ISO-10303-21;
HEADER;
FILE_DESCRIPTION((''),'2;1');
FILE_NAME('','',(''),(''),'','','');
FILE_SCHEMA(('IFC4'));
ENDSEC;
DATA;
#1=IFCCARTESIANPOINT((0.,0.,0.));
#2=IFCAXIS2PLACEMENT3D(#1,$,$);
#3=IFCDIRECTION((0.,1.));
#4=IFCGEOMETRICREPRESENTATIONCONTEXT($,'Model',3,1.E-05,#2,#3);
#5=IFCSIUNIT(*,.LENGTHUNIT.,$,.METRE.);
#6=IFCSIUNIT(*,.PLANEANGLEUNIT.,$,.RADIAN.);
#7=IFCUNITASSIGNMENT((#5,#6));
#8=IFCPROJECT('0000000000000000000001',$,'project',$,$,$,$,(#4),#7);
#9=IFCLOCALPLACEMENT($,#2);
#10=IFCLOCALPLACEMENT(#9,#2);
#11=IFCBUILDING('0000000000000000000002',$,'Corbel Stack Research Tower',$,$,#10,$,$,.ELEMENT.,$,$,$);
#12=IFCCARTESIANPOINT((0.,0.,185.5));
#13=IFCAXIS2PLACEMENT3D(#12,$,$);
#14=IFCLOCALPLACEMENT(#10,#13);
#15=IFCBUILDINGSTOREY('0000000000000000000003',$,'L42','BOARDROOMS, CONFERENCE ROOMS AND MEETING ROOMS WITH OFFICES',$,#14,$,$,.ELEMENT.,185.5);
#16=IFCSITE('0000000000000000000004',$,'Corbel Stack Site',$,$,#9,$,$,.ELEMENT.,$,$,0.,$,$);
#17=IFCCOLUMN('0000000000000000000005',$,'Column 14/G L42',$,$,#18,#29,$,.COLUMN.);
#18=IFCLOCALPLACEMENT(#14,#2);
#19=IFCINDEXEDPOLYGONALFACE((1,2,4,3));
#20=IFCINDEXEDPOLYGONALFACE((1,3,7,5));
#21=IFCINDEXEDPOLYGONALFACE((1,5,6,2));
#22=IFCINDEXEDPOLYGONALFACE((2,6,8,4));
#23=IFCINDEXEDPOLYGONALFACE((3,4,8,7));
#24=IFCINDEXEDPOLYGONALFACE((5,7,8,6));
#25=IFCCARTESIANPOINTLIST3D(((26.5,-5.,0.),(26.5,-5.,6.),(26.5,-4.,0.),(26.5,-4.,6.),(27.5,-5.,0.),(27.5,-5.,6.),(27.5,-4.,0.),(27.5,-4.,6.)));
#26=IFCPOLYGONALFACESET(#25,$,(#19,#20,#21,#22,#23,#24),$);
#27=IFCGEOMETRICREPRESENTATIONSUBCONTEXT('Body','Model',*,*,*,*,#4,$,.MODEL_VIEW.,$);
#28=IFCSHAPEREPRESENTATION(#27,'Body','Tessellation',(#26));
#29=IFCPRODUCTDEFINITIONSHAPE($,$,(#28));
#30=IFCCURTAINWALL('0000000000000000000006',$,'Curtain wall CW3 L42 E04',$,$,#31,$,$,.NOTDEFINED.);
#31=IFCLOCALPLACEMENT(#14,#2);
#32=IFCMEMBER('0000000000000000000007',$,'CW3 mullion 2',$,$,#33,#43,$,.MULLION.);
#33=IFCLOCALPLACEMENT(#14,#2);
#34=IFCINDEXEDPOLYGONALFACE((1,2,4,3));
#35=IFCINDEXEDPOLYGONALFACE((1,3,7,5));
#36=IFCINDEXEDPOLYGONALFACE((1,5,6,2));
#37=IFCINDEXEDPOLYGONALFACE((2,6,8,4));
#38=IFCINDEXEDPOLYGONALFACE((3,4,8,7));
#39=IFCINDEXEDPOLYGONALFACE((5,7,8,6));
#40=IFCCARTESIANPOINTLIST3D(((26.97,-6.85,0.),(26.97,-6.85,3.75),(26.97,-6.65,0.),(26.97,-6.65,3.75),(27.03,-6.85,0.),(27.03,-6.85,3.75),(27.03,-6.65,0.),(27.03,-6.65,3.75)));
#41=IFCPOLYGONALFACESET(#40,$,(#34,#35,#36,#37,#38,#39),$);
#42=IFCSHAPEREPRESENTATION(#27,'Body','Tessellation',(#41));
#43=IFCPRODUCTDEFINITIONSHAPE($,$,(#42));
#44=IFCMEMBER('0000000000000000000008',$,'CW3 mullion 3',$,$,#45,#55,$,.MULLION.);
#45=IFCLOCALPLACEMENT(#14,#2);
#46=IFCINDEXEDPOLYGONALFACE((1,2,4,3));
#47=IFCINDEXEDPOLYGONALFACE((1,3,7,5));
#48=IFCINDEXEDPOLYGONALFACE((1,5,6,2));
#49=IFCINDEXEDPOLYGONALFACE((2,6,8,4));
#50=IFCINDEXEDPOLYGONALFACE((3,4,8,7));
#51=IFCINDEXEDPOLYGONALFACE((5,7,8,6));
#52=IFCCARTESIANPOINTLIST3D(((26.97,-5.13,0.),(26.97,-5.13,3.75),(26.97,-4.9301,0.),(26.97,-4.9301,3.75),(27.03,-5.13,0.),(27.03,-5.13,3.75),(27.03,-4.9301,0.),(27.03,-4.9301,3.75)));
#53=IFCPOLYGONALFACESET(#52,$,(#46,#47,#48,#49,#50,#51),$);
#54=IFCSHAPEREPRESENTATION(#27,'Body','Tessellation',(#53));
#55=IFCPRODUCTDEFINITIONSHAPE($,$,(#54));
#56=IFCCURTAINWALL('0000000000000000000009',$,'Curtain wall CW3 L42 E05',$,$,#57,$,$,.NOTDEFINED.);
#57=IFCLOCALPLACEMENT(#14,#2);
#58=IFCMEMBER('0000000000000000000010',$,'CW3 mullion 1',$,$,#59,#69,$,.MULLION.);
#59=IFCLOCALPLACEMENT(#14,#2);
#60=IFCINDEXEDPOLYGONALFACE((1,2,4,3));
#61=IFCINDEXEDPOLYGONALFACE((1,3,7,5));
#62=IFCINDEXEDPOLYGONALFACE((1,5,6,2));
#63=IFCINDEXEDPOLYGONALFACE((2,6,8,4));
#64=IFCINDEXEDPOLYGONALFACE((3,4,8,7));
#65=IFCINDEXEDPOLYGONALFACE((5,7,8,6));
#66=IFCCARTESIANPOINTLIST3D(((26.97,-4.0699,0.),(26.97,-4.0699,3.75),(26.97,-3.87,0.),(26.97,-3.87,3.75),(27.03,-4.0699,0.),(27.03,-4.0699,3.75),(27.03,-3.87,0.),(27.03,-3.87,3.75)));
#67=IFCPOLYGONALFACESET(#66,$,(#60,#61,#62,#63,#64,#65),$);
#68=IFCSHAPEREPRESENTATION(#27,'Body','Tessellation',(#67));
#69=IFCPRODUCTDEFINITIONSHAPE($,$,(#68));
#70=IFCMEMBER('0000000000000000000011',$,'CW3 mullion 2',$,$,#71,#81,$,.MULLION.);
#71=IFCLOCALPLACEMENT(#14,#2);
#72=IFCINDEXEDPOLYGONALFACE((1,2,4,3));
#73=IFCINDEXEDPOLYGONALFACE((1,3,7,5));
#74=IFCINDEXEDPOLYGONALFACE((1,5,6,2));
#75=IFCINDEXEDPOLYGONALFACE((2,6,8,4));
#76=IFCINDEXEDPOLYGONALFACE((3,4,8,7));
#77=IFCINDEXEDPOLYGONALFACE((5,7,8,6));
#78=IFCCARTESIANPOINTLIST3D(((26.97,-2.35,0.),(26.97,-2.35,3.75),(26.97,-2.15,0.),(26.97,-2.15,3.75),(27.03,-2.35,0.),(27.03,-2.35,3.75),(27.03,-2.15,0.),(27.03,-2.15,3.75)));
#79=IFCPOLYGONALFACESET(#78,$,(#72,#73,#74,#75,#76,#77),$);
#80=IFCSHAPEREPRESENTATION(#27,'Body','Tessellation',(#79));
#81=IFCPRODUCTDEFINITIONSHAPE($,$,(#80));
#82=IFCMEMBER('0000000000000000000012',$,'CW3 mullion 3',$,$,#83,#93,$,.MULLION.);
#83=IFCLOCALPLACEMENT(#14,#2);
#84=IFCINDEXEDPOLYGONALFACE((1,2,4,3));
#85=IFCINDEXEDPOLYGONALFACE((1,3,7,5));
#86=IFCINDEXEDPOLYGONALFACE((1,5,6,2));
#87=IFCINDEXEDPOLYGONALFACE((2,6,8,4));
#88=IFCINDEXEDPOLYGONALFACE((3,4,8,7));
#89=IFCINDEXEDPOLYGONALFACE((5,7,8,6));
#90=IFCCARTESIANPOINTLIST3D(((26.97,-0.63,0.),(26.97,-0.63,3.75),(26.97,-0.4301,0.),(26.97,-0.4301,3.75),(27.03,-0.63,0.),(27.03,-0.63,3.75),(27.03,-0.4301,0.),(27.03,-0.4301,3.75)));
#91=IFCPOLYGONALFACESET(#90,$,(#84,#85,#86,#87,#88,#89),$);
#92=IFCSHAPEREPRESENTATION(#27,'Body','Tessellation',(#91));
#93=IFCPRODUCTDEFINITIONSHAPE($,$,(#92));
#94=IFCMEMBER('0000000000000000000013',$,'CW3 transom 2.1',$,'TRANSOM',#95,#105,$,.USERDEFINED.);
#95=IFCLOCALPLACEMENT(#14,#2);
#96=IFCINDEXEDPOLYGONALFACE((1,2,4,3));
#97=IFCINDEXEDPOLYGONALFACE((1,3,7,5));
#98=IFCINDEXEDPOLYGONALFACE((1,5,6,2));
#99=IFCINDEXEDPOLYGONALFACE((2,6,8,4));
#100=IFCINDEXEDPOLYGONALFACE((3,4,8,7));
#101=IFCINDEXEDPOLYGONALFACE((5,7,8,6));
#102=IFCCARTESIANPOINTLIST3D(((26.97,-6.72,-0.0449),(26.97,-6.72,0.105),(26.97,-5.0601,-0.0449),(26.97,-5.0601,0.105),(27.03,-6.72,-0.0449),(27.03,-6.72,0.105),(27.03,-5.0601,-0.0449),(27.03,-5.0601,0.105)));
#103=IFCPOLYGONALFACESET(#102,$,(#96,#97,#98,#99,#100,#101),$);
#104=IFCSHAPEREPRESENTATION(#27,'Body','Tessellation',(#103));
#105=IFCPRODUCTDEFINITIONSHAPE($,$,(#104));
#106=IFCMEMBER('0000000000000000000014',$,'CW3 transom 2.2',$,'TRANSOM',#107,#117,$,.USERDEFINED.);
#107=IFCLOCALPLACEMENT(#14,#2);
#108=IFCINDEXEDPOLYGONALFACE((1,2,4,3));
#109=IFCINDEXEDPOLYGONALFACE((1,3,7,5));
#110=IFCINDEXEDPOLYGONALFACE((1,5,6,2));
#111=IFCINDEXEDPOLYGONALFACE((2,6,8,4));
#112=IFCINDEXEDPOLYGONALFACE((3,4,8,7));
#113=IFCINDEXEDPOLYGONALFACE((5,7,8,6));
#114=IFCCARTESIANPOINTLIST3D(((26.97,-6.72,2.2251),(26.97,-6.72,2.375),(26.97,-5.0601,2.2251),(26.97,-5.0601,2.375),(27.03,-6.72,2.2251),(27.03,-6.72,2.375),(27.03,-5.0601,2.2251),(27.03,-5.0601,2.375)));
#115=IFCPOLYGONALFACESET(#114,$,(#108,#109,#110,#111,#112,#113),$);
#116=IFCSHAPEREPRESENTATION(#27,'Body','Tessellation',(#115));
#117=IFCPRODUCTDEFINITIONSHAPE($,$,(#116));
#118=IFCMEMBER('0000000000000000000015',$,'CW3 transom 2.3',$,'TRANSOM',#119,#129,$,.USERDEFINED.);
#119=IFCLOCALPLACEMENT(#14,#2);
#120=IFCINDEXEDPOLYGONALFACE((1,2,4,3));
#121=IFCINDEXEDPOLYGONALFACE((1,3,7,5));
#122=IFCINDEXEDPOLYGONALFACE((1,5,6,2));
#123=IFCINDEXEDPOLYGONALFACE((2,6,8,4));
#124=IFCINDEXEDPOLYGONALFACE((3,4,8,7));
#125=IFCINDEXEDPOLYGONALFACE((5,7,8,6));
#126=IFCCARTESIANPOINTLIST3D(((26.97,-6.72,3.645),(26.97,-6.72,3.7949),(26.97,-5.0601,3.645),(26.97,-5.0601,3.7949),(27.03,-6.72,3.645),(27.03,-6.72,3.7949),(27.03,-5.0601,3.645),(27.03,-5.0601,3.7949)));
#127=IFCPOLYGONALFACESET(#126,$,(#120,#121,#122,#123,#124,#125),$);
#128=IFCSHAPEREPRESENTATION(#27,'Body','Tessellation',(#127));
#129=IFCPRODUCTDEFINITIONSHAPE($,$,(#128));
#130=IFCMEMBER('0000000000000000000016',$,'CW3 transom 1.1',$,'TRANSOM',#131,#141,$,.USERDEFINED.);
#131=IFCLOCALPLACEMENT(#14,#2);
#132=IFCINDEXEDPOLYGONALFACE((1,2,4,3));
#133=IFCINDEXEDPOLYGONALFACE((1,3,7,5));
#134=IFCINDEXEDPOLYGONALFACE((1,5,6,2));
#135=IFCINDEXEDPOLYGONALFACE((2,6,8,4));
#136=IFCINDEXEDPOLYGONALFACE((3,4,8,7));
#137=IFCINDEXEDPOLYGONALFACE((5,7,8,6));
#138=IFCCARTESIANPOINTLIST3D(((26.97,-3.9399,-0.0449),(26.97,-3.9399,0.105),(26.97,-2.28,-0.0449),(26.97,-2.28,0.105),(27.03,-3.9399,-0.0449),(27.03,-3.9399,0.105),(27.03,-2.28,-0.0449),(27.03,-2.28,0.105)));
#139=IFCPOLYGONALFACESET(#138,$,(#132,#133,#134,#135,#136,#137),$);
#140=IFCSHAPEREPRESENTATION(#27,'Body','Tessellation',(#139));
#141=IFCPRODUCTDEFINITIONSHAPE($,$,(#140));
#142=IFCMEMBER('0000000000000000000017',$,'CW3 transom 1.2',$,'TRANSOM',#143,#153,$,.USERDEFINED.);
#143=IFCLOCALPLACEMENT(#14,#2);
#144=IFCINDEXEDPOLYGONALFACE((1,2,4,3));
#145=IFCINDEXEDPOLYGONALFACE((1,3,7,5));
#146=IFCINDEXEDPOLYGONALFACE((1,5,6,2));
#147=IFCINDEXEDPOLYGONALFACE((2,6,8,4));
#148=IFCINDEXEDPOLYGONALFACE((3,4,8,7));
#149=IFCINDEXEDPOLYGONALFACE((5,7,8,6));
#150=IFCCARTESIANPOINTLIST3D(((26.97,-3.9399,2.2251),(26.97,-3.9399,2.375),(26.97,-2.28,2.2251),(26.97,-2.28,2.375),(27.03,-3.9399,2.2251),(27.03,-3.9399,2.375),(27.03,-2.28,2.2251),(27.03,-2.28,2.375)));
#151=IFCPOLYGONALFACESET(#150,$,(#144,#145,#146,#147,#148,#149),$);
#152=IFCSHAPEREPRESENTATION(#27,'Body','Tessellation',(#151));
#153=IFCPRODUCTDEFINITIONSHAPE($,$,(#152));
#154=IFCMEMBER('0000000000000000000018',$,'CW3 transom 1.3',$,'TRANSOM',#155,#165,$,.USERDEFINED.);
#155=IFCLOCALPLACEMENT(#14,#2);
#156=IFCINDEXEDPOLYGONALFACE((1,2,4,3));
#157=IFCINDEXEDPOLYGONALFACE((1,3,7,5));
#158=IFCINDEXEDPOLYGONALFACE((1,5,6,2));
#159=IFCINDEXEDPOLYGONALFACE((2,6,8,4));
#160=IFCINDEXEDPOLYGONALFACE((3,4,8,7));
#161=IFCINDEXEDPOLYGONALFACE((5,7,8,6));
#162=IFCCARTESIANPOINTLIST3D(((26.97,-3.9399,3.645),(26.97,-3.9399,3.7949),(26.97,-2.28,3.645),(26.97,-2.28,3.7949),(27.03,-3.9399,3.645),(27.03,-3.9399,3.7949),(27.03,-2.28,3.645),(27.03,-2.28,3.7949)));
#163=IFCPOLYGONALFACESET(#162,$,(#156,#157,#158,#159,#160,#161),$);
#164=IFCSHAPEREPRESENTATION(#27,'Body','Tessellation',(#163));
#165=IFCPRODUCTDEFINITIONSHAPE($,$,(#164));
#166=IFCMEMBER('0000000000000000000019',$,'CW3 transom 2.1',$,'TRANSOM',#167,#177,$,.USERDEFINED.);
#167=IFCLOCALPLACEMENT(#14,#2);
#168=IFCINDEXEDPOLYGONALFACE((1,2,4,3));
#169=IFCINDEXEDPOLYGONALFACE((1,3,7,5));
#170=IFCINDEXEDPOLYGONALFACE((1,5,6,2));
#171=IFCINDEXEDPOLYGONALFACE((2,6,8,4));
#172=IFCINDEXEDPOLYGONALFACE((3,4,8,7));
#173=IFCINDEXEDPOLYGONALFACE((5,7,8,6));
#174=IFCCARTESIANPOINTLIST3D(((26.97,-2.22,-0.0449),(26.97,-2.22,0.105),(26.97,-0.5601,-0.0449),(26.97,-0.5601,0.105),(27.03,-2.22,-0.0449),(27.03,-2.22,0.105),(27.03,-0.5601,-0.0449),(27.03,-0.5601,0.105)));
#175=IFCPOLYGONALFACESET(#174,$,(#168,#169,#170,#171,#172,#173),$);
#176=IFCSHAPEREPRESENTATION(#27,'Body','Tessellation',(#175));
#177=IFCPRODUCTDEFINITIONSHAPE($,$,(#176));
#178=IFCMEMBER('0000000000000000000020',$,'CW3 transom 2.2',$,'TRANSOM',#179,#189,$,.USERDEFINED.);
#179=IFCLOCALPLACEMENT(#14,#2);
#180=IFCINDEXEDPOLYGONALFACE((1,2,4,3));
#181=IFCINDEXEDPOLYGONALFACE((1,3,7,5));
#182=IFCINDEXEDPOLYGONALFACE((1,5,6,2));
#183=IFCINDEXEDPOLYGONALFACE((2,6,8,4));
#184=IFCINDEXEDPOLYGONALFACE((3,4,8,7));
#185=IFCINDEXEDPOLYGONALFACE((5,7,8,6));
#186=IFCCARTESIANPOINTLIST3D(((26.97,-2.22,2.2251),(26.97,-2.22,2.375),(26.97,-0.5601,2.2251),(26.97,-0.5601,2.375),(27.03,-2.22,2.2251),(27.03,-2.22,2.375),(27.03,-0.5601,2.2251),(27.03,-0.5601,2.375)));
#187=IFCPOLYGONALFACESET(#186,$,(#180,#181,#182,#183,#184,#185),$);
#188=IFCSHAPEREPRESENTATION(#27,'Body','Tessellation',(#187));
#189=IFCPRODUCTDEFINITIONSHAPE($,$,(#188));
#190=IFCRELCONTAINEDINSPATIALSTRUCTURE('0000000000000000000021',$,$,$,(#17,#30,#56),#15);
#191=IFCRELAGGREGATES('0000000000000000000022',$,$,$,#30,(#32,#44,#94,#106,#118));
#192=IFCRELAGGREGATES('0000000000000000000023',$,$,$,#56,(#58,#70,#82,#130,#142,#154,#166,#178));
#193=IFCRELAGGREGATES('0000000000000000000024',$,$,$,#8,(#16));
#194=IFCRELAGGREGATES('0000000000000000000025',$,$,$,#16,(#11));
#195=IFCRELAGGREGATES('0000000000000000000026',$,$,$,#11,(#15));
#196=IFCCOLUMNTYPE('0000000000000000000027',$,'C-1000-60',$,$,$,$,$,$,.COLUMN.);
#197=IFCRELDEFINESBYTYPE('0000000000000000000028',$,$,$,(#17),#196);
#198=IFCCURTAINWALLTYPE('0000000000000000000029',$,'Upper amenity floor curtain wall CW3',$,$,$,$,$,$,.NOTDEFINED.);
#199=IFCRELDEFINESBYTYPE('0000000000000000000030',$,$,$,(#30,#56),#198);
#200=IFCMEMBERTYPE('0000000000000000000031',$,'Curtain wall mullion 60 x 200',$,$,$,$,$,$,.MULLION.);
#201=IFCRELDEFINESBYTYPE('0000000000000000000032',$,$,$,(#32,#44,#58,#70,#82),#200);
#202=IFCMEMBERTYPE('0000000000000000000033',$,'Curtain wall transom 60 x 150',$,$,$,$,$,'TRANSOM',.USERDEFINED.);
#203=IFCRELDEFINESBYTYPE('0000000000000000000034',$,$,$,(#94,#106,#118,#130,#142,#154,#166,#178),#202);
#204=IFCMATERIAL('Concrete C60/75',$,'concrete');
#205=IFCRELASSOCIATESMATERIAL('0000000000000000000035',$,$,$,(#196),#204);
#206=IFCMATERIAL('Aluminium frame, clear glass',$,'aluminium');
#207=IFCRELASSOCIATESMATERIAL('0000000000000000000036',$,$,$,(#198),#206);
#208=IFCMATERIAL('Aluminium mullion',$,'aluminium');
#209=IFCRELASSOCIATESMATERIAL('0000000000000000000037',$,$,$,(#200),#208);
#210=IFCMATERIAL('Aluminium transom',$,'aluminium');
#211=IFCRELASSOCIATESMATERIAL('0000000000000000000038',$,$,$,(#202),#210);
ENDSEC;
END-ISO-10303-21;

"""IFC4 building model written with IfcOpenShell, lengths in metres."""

from ifc_helpers import new_model, si_unit, direction, frame, origin, origin_2d, place, context, subcontext, project, spatial, rectangle, extrude, material, material_profile, profile_set, type_object, element, aggregate, save


model = new_model("IFC4")

# Units and contexts
model_context = context("Model", 3, precision=1e-05, world=origin(), true_north=direction((0.0, 1.0)))
body_context = subcontext(model_context, "Body", "Model", "MODEL_VIEW")
ifc_project = project(units=[si_unit("LENGTHUNIT", "METRE"), si_unit("PLANEANGLEUNIT", "RADIAN")], contexts=[model_context])

# Site, building, storey
site_placement = place(None, origin())
site = spatial("IfcSite", under=ifc_project, at=site_placement, Name="Corbel Stack Site", CompositionType="ELEMENT", RefElevation=0.0)
building_placement = place(site_placement, origin())
building = spatial("IfcBuilding", under=site, at=building_placement, Name="Corbel Stack Research Tower", CompositionType="ELEMENT")
storey_placement = place(building_placement, frame((0.0, 0.0, 185.5)))
storey = spatial("IfcBuildingStorey", under=building, at=storey_placement, Name="L42", Description="BOARDROOMS, CONFERENCE ROOMS AND MEETING ROOMS WITH OFFICES", CompositionType="ELEMENT", Elevation=185.5)

# Column
ifc_material_1 = material(Name="Concrete C60/75", Category="concrete")
ifc_material_profile_1 = material_profile(ifc_material_1, rectangle(XDim=1.0, YDim=1.0, at=origin_2d()), Name="RC 1000 x 1000")
ifc_profile_set_1 = profile_set([ifc_material_profile_1], Name="Concrete C60/75")
column_type = type_object("IfcColumnType", Name="C-1000-60", PredefinedType="COLUMN", material=ifc_profile_set_1)
column_placement = place(storey_placement, frame((27.0, -4.5, 0.0), z_axis=(0.0, 0.0, 1.0), x_axis=(1.0, 0.0, 0.0)))
element("IfcColumn", 1, at=column_placement, inside=storey, type_object=column_type, Name="Column 14/G L42", PredefinedType="COLUMN", context=body_context, shape_type="SweptSolid", body=[
    extrude(rectangle(XDim=1.0, YDim=1.0, at=origin_2d()), origin(), (0.0, 0.0, 1.0), 6.0),
])

# Curtain walls, members
ifc_material_2 = material(Name="Aluminium frame, clear glass", Category="aluminium")
curtain_wall_type = type_object("IfcCurtainWallType", Name="Upper amenity floor curtain wall CW3", PredefinedType="NOTDEFINED", material=ifc_material_2)
curtain_wall_1_placement = place(storey_placement, origin())
curtain_wall_1 = element("IfcCurtainWall", 2, at=curtain_wall_1_placement, inside=storey, type_object=curtain_wall_type, Name="Curtain wall CW3 L42 E04", PredefinedType="NOTDEFINED")
ifc_material_3 = material(Name="Aluminium mullion", Category="aluminium")
ifc_material_profile_2 = material_profile(ifc_material_3, rectangle(XDim=0.0601, YDim=0.2, at=origin_2d()), Name="Mullion 60 x 200")
ifc_profile_set_2 = profile_set([ifc_material_profile_2], Name="Aluminium mullion")
member_type_1 = type_object("IfcMemberType", Name="Curtain wall mullion 60 x 200", PredefinedType="MULLION", material=ifc_profile_set_2)
member_1_placement = place(storey_placement, frame((27.0, -6.75, 0.0), z_axis=(0.0, 0.0, 1.0), x_axis=(-1.0, 0.0, 0.0)))
member_1 = element("IfcMember", 3, at=member_1_placement, type_object=member_type_1, Name="CW3 mullion 2", PredefinedType="MULLION", context=body_context, shape_type="SweptSolid", body=[
    extrude(rectangle(XDim=0.0601, YDim=0.2, at=origin_2d()), origin(), (0.0, 0.0, 1.0), 3.75),
])
member_2_placement = place(storey_placement, frame((27.0, -5.03, 0.0), z_axis=(0.0, 0.0, 1.0), x_axis=(-1.0, 0.0, 0.0)))
member_2 = element("IfcMember", 4, at=member_2_placement, type_object=member_type_1, Name="CW3 mullion 3", PredefinedType="MULLION", context=body_context, shape_type="SweptSolid", body=[
    extrude(rectangle(XDim=0.0601, YDim=0.2, at=origin_2d()), origin(), (0.0, 0.0, 1.0), 3.75),
])
curtain_wall_2_placement = place(storey_placement, origin())
curtain_wall_2 = element("IfcCurtainWall", 5, at=curtain_wall_2_placement, inside=storey, type_object=curtain_wall_type, Name="Curtain wall CW3 L42 E05", PredefinedType="NOTDEFINED")
member_3_placement = place(storey_placement, frame((27.0, -3.97, 0.0), z_axis=(0.0, 0.0, 1.0), x_axis=(-1.0, 0.0, 0.0)))
member_3 = element("IfcMember", 6, at=member_3_placement, type_object=member_type_1, Name="CW3 mullion 1", PredefinedType="MULLION", context=body_context, shape_type="SweptSolid", body=[
    extrude(rectangle(XDim=0.0601, YDim=0.2, at=origin_2d()), origin(), (0.0, 0.0, 1.0), 3.75),
])
member_4_placement = place(storey_placement, frame((27.0, -2.25, 0.0), z_axis=(0.0, 0.0, 1.0), x_axis=(-1.0, 0.0, 0.0)))
member_4 = element("IfcMember", 7, at=member_4_placement, type_object=member_type_1, Name="CW3 mullion 2", PredefinedType="MULLION", context=body_context, shape_type="SweptSolid", body=[
    extrude(rectangle(XDim=0.0601, YDim=0.2, at=origin_2d()), origin(), (0.0, 0.0, 1.0), 3.75),
])
member_5_placement = place(storey_placement, frame((27.0, -0.53, 0.0), z_axis=(0.0, 0.0, 1.0), x_axis=(-1.0, 0.0, 0.0)))
member_5 = element("IfcMember", 8, at=member_5_placement, type_object=member_type_1, Name="CW3 mullion 3", PredefinedType="MULLION", context=body_context, shape_type="SweptSolid", body=[
    extrude(rectangle(XDim=0.0601, YDim=0.2, at=origin_2d()), origin(), (0.0, 0.0, 1.0), 3.75),
])

# Members
ifc_material_4 = material(Name="Aluminium transom", Category="aluminium")
ifc_material_profile_3 = material_profile(ifc_material_4, rectangle(XDim=0.0601, YDim=0.1499, at=origin_2d()), Name="Transom 60 x 150")
ifc_profile_set_3 = profile_set([ifc_material_profile_3], Name="Aluminium transom")
member_type_2 = type_object("IfcMemberType", Name="Curtain wall transom 60 x 150", ElementType="TRANSOM", PredefinedType="USERDEFINED", material=ifc_profile_set_3)
member_6_placement = place(storey_placement, frame((27.0, -6.72, 0.03), z_axis=(0.0, 1.0, 0.0), x_axis=(-1.0, 0.0, 0.0)))
member_6 = element("IfcMember", 9, at=member_6_placement, type_object=member_type_2, Name="CW3 transom 2.1", ObjectType="TRANSOM", PredefinedType="USERDEFINED", context=body_context, shape_type="SweptSolid", body=[
    extrude(rectangle(XDim=0.0601, YDim=0.1499, at=origin_2d()), origin(), (0.0, 0.0, 1.0), 1.6599),
])
member_7_placement = place(storey_placement, frame((27.0, -6.72, 2.3), z_axis=(0.0, 1.0, 0.0), x_axis=(-1.0, 0.0, 0.0)))
member_7 = element("IfcMember", 10, at=member_7_placement, type_object=member_type_2, Name="CW3 transom 2.2", ObjectType="TRANSOM", PredefinedType="USERDEFINED", context=body_context, shape_type="SweptSolid", body=[
    extrude(rectangle(XDim=0.0601, YDim=0.1499, at=origin_2d()), origin(), (0.0, 0.0, 1.0), 1.6599),
])
member_8_placement = place(storey_placement, frame((27.0, -6.72, 3.72), z_axis=(0.0, 1.0, 0.0), x_axis=(-1.0, 0.0, 0.0)))
member_8 = element("IfcMember", 11, at=member_8_placement, type_object=member_type_2, Name="CW3 transom 2.3", ObjectType="TRANSOM", PredefinedType="USERDEFINED", context=body_context, shape_type="SweptSolid", body=[
    extrude(rectangle(XDim=0.0601, YDim=0.1499, at=origin_2d()), origin(), (0.0, 0.0, 1.0), 1.6599),
])
member_9_placement = place(storey_placement, frame((27.0, -3.9399, 0.03), z_axis=(0.0, 1.0, 0.0), x_axis=(-1.0, 0.0, 0.0)))
member_9 = element("IfcMember", 12, at=member_9_placement, type_object=member_type_2, Name="CW3 transom 1.1", ObjectType="TRANSOM", PredefinedType="USERDEFINED", context=body_context, shape_type="SweptSolid", body=[
    extrude(rectangle(XDim=0.0601, YDim=0.1499, at=origin_2d()), origin(), (0.0, 0.0, 1.0), 1.6599),
])
member_10_placement = place(storey_placement, frame((27.0, -3.9399, 2.3), z_axis=(0.0, 1.0, 0.0), x_axis=(-1.0, 0.0, 0.0)))
member_10 = element("IfcMember", 13, at=member_10_placement, type_object=member_type_2, Name="CW3 transom 1.2", ObjectType="TRANSOM", PredefinedType="USERDEFINED", context=body_context, shape_type="SweptSolid", body=[
    extrude(rectangle(XDim=0.0601, YDim=0.1499, at=origin_2d()), origin(), (0.0, 0.0, 1.0), 1.6599),
])
member_11_placement = place(storey_placement, frame((27.0, -3.9399, 3.72), z_axis=(0.0, 1.0, 0.0), x_axis=(-1.0, 0.0, 0.0)))
member_11 = element("IfcMember", 14, at=member_11_placement, type_object=member_type_2, Name="CW3 transom 1.3", ObjectType="TRANSOM", PredefinedType="USERDEFINED", context=body_context, shape_type="SweptSolid", body=[
    extrude(rectangle(XDim=0.0601, YDim=0.1499, at=origin_2d()), origin(), (0.0, 0.0, 1.0), 1.6599),
])
member_12_placement = place(storey_placement, frame((27.0, -2.22, 0.03), z_axis=(0.0, 1.0, 0.0), x_axis=(-1.0, 0.0, 0.0)))
member_12 = element("IfcMember", 15, at=member_12_placement, type_object=member_type_2, Name="CW3 transom 2.1", ObjectType="TRANSOM", PredefinedType="USERDEFINED", context=body_context, shape_type="SweptSolid", body=[
    extrude(rectangle(XDim=0.0601, YDim=0.1499, at=origin_2d()), origin(), (0.0, 0.0, 1.0), 1.6599),
])
member_13_placement = place(storey_placement, frame((27.0, -2.22, 2.3), z_axis=(0.0, 1.0, 0.0), x_axis=(-1.0, 0.0, 0.0)))
member_13 = element("IfcMember", 16, at=member_13_placement, type_object=member_type_2, Name="CW3 transom 2.2", ObjectType="TRANSOM", PredefinedType="USERDEFINED", context=body_context, shape_type="SweptSolid", body=[
    extrude(rectangle(XDim=0.0601, YDim=0.1499, at=origin_2d()), origin(), (0.0, 0.0, 1.0), 1.6599),
])

aggregate(curtain_wall_1, [member_1, member_2, member_6, member_7, member_8])
aggregate(curtain_wall_2, [member_3, member_4, member_5, member_9, member_10, member_11, member_12, member_13])

save(model, "model.ifc")
